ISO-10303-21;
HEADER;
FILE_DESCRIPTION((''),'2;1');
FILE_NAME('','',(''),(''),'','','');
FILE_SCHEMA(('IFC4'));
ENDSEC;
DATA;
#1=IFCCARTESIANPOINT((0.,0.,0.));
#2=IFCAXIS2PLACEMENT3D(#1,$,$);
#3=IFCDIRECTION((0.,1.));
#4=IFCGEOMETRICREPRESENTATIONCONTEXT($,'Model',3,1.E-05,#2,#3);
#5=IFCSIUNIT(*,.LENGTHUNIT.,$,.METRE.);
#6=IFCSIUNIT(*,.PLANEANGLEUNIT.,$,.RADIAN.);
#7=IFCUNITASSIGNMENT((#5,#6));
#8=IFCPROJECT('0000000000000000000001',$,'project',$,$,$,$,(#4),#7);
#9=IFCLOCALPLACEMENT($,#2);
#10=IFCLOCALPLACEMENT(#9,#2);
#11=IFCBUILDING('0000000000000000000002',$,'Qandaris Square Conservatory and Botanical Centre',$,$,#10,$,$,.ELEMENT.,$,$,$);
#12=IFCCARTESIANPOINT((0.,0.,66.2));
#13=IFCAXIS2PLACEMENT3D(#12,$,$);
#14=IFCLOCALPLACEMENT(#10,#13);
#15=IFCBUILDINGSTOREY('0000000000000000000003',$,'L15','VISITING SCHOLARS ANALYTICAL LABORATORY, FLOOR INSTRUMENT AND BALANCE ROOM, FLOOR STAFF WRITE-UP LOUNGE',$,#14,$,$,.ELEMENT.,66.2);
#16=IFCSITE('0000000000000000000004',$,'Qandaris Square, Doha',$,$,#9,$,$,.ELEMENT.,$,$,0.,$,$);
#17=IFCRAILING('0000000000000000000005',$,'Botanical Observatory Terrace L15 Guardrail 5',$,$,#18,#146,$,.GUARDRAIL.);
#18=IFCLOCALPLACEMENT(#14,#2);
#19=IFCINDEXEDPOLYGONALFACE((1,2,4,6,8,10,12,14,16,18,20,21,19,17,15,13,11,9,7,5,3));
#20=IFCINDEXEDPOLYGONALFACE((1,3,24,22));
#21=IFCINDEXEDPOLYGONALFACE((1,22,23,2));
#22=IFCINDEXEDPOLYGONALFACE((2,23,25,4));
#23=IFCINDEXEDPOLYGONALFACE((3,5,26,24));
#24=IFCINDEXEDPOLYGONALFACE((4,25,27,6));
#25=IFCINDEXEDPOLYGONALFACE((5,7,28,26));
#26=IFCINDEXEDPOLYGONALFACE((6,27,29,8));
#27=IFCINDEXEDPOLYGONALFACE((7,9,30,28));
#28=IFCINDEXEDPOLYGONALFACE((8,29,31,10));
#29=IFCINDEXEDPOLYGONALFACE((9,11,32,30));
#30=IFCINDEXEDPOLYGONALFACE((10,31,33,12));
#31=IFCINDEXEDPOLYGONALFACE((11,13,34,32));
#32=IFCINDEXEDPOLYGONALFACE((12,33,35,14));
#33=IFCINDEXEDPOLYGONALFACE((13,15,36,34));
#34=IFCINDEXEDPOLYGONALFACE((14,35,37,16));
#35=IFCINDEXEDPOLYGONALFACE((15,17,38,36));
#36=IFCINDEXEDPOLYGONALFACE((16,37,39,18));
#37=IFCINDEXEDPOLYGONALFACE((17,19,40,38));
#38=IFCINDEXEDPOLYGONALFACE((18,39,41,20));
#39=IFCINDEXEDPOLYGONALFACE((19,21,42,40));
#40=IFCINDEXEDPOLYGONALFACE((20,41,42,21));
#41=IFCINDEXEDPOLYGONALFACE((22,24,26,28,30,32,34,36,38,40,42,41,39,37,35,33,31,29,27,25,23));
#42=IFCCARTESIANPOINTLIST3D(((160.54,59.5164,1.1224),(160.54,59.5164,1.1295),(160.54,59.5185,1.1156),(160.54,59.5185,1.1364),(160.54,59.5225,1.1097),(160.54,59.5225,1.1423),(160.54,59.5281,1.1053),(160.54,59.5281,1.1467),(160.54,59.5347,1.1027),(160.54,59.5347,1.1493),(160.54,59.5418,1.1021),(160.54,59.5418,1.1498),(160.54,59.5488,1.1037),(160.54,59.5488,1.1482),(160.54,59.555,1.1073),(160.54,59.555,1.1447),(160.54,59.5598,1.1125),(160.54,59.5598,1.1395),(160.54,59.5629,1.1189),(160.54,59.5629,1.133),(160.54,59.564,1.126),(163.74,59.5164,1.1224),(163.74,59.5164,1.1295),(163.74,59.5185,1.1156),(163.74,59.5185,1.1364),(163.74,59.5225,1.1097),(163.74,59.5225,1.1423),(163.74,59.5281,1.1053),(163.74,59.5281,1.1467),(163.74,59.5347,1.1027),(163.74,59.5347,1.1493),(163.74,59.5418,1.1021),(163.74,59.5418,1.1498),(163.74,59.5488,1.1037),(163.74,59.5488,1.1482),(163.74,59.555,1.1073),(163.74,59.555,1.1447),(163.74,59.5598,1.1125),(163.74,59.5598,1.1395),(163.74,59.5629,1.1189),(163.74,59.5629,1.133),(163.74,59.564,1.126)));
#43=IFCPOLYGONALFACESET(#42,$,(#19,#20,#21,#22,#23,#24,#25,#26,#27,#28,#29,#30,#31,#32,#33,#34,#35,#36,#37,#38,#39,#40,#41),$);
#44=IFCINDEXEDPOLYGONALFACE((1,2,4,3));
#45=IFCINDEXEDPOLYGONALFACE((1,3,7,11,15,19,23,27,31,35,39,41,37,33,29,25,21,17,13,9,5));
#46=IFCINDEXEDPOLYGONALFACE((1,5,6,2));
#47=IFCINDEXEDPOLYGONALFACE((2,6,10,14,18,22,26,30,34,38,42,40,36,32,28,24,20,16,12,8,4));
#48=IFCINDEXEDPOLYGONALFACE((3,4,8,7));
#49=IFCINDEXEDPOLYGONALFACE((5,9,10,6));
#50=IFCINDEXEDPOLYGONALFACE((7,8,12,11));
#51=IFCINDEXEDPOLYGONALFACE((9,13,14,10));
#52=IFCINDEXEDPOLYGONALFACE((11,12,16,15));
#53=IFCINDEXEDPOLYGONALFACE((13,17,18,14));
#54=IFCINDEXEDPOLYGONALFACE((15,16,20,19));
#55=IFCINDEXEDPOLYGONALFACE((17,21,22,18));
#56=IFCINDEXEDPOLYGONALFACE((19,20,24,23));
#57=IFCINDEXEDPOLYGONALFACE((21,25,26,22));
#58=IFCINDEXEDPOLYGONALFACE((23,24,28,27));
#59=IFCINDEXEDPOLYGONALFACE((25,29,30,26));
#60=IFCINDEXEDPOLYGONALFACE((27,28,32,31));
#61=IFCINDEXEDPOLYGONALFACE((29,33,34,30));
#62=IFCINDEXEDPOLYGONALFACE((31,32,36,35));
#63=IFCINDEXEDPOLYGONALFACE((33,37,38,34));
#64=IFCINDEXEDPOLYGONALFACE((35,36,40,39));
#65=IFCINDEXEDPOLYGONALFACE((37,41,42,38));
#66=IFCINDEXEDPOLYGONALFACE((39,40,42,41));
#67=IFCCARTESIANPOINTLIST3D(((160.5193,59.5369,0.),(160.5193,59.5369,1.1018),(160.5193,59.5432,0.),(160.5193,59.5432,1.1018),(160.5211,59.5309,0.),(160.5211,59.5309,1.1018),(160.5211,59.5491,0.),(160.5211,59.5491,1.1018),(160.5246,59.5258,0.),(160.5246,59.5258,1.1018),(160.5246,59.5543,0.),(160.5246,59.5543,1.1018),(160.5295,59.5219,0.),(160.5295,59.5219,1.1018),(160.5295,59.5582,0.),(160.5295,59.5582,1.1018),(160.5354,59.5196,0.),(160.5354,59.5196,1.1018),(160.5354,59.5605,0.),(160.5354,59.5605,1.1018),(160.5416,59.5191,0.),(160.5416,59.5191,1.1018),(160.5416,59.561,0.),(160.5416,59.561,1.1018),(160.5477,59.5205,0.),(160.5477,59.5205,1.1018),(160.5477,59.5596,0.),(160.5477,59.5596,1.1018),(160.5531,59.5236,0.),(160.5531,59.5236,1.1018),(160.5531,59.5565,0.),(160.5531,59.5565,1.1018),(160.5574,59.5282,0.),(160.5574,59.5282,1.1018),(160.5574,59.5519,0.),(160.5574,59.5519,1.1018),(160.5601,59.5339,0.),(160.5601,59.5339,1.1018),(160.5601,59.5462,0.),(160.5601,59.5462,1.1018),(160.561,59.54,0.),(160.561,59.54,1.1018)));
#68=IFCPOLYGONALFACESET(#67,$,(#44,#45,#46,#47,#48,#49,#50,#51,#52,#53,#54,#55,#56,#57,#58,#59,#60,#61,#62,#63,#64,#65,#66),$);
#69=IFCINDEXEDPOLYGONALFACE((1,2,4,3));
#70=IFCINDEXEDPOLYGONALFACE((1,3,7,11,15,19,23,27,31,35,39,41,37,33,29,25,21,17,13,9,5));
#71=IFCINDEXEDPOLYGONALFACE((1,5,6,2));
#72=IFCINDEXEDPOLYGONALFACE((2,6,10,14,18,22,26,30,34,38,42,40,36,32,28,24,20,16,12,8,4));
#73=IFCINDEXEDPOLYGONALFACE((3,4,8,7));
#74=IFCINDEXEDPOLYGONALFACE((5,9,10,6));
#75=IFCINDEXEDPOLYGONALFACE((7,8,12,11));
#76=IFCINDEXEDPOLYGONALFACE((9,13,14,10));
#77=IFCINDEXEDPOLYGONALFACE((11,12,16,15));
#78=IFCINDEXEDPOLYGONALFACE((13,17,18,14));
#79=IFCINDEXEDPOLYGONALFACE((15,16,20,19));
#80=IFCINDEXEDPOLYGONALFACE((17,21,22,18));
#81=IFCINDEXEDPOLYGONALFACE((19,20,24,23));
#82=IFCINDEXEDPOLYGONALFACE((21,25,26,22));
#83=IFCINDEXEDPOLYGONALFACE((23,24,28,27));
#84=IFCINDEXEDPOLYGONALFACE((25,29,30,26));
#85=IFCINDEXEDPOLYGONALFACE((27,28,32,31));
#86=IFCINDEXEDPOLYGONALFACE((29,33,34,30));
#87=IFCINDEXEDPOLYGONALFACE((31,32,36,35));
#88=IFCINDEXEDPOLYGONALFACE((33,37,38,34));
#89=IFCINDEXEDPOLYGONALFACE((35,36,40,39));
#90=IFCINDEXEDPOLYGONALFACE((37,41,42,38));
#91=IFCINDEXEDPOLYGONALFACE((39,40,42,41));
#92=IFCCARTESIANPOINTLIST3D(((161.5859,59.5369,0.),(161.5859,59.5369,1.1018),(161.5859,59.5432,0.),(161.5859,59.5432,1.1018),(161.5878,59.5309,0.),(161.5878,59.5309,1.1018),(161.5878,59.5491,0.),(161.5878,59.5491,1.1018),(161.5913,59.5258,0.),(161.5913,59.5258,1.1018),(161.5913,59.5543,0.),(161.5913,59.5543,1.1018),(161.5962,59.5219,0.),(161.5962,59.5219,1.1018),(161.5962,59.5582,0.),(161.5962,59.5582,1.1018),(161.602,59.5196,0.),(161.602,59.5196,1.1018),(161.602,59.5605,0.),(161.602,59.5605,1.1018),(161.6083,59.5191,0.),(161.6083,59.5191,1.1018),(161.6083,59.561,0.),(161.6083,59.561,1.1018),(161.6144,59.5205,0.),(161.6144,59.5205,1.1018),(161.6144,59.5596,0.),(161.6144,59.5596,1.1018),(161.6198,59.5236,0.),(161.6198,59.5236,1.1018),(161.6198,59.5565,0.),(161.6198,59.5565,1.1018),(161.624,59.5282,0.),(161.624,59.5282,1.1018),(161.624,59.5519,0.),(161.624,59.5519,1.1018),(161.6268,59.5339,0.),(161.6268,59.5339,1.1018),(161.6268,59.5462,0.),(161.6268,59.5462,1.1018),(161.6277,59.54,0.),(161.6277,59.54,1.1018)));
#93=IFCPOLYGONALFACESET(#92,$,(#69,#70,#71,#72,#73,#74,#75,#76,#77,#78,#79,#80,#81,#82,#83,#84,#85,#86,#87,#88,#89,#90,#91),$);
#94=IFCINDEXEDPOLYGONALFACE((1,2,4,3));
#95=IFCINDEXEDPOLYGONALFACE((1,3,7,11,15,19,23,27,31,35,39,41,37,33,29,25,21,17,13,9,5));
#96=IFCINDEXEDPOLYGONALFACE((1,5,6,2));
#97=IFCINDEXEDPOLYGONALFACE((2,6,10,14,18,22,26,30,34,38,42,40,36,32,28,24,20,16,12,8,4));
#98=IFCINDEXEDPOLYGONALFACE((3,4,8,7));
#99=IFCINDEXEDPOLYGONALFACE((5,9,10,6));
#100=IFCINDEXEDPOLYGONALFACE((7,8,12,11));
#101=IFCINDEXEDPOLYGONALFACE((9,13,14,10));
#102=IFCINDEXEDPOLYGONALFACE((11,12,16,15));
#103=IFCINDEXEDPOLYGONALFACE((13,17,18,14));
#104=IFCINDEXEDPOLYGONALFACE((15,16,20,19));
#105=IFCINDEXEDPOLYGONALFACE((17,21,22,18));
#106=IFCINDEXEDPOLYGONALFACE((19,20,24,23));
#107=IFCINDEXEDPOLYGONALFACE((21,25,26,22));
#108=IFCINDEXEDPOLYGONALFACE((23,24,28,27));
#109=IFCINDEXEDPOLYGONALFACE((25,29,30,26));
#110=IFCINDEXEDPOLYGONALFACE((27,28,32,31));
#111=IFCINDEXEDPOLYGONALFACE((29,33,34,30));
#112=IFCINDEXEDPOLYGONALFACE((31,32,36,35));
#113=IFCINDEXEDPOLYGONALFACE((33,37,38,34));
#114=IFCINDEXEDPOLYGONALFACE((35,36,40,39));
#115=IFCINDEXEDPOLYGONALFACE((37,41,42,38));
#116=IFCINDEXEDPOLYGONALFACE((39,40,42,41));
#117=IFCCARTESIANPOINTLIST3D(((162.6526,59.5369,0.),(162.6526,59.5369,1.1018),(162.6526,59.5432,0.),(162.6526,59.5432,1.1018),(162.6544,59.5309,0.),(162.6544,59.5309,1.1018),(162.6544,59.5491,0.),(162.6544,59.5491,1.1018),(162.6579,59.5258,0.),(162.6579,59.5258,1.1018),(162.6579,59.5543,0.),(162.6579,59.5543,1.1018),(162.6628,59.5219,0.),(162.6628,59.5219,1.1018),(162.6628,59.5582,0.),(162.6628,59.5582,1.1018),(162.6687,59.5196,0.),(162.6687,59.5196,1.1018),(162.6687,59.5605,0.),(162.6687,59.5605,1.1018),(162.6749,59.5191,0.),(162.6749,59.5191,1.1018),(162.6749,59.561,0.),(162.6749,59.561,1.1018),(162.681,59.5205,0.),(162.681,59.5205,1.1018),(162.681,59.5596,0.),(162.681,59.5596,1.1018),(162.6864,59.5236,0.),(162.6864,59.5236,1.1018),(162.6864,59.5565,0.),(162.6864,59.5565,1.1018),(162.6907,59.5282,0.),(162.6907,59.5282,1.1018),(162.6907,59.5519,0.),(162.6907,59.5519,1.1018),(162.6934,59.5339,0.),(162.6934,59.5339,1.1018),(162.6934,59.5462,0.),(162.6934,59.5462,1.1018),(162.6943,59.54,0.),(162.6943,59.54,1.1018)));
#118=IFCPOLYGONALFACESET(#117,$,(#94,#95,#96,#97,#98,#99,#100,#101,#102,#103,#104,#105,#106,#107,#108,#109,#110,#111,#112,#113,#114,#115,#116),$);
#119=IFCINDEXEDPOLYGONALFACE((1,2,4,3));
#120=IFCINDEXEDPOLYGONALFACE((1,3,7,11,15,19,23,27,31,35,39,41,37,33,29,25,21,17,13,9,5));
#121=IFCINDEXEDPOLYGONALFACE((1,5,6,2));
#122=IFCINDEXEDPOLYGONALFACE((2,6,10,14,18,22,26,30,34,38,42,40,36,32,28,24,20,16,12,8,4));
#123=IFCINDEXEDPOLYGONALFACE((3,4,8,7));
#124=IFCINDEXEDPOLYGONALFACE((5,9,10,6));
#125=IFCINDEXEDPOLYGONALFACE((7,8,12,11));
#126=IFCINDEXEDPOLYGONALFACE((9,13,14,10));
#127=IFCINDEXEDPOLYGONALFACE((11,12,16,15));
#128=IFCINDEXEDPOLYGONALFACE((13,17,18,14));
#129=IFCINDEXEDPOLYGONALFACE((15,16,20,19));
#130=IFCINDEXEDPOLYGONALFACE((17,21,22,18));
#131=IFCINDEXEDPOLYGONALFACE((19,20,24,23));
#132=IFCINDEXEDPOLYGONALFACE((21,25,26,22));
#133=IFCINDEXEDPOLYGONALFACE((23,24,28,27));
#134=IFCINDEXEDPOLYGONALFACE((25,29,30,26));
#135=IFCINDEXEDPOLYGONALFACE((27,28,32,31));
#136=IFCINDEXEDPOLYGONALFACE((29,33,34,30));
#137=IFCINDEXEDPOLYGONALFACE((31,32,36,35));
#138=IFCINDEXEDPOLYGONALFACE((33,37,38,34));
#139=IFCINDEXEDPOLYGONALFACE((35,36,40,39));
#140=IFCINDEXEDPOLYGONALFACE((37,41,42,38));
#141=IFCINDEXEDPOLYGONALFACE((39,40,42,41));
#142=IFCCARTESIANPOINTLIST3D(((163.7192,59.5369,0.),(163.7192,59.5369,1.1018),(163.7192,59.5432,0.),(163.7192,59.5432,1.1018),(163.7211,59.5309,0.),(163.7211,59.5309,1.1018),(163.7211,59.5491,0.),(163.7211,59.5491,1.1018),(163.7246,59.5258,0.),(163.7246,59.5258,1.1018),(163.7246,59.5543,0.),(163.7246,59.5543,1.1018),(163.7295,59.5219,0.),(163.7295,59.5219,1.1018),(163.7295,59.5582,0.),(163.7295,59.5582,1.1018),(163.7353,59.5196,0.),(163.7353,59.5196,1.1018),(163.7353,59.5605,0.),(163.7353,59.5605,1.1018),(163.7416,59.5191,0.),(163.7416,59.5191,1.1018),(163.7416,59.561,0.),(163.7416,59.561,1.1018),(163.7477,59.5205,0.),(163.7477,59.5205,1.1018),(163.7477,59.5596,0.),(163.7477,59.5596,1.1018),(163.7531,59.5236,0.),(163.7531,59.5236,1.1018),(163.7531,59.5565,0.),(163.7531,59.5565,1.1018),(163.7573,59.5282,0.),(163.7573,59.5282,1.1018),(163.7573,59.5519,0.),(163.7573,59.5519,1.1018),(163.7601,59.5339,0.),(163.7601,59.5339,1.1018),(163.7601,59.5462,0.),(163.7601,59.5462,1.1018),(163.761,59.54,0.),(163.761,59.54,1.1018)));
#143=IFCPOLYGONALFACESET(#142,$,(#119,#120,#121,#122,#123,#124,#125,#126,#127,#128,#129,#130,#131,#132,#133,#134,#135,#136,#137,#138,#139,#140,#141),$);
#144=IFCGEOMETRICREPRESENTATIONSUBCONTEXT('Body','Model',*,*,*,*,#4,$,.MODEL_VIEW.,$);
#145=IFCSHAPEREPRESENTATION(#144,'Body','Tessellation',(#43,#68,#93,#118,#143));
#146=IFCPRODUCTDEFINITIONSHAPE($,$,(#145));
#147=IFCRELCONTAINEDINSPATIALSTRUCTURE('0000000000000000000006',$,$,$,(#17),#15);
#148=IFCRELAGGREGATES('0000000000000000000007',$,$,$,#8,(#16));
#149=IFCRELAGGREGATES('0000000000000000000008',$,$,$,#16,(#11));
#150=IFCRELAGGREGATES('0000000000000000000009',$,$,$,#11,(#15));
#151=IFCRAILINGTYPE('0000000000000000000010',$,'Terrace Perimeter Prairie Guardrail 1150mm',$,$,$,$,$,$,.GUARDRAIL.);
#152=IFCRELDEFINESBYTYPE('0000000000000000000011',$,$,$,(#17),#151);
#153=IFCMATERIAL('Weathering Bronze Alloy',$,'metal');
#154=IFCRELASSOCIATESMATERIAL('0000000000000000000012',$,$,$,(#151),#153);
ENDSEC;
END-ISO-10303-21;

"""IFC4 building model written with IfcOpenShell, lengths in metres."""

from ifc_helpers import new_model, si_unit, direction, frame, origin, origin_2d, place, context, subcontext, project, spatial, circle, extrude, material, type_object, element, save


model = new_model("IFC4")

# Units and contexts
model_context = context("Model", 3, precision=1e-05, world=origin(), true_north=direction((0.0, 1.0)))
body_context = subcontext(model_context, "Body", "Model", "MODEL_VIEW")
ifc_project = project(units=[si_unit("LENGTHUNIT", "METRE"), si_unit("PLANEANGLEUNIT", "RADIAN")], contexts=[model_context])

# Site, building, storey
site_placement = place(None, origin())
site = spatial("IfcSite", under=ifc_project, at=site_placement, Name="Qandaris Square, Doha", CompositionType="ELEMENT", RefElevation=0.0)
building_placement = place(site_placement, origin())
building = spatial("IfcBuilding", under=site, at=building_placement, Name="Qandaris Square Conservatory and Botanical Centre", CompositionType="ELEMENT")
storey_placement = place(building_placement, frame((0.0, 0.0, 66.2)))
storey = spatial("IfcBuildingStorey", under=building, at=storey_placement, Name="L15", Description="VISITING SCHOLARS ANALYTICAL LABORATORY, FLOOR INSTRUMENT AND BALANCE ROOM, FLOOR STAFF WRITE-UP LOUNGE", CompositionType="ELEMENT", Elevation=66.2)

# Railing
ifc_material_1 = material(Name="Weathering Bronze Alloy", Category="metal")
railing_type = type_object("IfcRailingType", Name="Terrace Perimeter Prairie Guardrail 1150mm", PredefinedType="GUARDRAIL", material=ifc_material_1)
railing_1_placement = place(storey_placement, frame((160.54, 59.54, 0.0)))
element("IfcRailing", 1, at=railing_1_placement, inside=storey, type_object=railing_type, Name="Botanical Observatory Terrace L15 Guardrail 5", PredefinedType="GUARDRAIL", context=body_context, shape_type="SweptSolid", body=[
    extrude(circle(Radius=0.0239, at=origin_2d()), frame((0.0, 0.0, 1.126), z_axis=(1.0, 0.0, 0.0), x_axis=(0.0, 1.0, 0.0)), (0.0, 0.0, 1.0), 3.2),
    extrude(circle(Radius=0.021, at=origin_2d()), origin(), (0.0, 0.0, 1.0), 1.1018),
    extrude(circle(Radius=0.021, at=origin_2d()), frame((1.0667, 0.0, 0.0)), (0.0, 0.0, 1.0), 1.1018),
    extrude(circle(Radius=0.021, at=origin_2d()), frame((2.1333, 0.0, 0.0)), (0.0, 0.0, 1.0), 1.1018),
    extrude(circle(Radius=0.021, at=origin_2d()), frame((3.2, 0.0, 0.0)), (0.0, 0.0, 1.0), 1.1018),
])

save(model, "model.ifc")
